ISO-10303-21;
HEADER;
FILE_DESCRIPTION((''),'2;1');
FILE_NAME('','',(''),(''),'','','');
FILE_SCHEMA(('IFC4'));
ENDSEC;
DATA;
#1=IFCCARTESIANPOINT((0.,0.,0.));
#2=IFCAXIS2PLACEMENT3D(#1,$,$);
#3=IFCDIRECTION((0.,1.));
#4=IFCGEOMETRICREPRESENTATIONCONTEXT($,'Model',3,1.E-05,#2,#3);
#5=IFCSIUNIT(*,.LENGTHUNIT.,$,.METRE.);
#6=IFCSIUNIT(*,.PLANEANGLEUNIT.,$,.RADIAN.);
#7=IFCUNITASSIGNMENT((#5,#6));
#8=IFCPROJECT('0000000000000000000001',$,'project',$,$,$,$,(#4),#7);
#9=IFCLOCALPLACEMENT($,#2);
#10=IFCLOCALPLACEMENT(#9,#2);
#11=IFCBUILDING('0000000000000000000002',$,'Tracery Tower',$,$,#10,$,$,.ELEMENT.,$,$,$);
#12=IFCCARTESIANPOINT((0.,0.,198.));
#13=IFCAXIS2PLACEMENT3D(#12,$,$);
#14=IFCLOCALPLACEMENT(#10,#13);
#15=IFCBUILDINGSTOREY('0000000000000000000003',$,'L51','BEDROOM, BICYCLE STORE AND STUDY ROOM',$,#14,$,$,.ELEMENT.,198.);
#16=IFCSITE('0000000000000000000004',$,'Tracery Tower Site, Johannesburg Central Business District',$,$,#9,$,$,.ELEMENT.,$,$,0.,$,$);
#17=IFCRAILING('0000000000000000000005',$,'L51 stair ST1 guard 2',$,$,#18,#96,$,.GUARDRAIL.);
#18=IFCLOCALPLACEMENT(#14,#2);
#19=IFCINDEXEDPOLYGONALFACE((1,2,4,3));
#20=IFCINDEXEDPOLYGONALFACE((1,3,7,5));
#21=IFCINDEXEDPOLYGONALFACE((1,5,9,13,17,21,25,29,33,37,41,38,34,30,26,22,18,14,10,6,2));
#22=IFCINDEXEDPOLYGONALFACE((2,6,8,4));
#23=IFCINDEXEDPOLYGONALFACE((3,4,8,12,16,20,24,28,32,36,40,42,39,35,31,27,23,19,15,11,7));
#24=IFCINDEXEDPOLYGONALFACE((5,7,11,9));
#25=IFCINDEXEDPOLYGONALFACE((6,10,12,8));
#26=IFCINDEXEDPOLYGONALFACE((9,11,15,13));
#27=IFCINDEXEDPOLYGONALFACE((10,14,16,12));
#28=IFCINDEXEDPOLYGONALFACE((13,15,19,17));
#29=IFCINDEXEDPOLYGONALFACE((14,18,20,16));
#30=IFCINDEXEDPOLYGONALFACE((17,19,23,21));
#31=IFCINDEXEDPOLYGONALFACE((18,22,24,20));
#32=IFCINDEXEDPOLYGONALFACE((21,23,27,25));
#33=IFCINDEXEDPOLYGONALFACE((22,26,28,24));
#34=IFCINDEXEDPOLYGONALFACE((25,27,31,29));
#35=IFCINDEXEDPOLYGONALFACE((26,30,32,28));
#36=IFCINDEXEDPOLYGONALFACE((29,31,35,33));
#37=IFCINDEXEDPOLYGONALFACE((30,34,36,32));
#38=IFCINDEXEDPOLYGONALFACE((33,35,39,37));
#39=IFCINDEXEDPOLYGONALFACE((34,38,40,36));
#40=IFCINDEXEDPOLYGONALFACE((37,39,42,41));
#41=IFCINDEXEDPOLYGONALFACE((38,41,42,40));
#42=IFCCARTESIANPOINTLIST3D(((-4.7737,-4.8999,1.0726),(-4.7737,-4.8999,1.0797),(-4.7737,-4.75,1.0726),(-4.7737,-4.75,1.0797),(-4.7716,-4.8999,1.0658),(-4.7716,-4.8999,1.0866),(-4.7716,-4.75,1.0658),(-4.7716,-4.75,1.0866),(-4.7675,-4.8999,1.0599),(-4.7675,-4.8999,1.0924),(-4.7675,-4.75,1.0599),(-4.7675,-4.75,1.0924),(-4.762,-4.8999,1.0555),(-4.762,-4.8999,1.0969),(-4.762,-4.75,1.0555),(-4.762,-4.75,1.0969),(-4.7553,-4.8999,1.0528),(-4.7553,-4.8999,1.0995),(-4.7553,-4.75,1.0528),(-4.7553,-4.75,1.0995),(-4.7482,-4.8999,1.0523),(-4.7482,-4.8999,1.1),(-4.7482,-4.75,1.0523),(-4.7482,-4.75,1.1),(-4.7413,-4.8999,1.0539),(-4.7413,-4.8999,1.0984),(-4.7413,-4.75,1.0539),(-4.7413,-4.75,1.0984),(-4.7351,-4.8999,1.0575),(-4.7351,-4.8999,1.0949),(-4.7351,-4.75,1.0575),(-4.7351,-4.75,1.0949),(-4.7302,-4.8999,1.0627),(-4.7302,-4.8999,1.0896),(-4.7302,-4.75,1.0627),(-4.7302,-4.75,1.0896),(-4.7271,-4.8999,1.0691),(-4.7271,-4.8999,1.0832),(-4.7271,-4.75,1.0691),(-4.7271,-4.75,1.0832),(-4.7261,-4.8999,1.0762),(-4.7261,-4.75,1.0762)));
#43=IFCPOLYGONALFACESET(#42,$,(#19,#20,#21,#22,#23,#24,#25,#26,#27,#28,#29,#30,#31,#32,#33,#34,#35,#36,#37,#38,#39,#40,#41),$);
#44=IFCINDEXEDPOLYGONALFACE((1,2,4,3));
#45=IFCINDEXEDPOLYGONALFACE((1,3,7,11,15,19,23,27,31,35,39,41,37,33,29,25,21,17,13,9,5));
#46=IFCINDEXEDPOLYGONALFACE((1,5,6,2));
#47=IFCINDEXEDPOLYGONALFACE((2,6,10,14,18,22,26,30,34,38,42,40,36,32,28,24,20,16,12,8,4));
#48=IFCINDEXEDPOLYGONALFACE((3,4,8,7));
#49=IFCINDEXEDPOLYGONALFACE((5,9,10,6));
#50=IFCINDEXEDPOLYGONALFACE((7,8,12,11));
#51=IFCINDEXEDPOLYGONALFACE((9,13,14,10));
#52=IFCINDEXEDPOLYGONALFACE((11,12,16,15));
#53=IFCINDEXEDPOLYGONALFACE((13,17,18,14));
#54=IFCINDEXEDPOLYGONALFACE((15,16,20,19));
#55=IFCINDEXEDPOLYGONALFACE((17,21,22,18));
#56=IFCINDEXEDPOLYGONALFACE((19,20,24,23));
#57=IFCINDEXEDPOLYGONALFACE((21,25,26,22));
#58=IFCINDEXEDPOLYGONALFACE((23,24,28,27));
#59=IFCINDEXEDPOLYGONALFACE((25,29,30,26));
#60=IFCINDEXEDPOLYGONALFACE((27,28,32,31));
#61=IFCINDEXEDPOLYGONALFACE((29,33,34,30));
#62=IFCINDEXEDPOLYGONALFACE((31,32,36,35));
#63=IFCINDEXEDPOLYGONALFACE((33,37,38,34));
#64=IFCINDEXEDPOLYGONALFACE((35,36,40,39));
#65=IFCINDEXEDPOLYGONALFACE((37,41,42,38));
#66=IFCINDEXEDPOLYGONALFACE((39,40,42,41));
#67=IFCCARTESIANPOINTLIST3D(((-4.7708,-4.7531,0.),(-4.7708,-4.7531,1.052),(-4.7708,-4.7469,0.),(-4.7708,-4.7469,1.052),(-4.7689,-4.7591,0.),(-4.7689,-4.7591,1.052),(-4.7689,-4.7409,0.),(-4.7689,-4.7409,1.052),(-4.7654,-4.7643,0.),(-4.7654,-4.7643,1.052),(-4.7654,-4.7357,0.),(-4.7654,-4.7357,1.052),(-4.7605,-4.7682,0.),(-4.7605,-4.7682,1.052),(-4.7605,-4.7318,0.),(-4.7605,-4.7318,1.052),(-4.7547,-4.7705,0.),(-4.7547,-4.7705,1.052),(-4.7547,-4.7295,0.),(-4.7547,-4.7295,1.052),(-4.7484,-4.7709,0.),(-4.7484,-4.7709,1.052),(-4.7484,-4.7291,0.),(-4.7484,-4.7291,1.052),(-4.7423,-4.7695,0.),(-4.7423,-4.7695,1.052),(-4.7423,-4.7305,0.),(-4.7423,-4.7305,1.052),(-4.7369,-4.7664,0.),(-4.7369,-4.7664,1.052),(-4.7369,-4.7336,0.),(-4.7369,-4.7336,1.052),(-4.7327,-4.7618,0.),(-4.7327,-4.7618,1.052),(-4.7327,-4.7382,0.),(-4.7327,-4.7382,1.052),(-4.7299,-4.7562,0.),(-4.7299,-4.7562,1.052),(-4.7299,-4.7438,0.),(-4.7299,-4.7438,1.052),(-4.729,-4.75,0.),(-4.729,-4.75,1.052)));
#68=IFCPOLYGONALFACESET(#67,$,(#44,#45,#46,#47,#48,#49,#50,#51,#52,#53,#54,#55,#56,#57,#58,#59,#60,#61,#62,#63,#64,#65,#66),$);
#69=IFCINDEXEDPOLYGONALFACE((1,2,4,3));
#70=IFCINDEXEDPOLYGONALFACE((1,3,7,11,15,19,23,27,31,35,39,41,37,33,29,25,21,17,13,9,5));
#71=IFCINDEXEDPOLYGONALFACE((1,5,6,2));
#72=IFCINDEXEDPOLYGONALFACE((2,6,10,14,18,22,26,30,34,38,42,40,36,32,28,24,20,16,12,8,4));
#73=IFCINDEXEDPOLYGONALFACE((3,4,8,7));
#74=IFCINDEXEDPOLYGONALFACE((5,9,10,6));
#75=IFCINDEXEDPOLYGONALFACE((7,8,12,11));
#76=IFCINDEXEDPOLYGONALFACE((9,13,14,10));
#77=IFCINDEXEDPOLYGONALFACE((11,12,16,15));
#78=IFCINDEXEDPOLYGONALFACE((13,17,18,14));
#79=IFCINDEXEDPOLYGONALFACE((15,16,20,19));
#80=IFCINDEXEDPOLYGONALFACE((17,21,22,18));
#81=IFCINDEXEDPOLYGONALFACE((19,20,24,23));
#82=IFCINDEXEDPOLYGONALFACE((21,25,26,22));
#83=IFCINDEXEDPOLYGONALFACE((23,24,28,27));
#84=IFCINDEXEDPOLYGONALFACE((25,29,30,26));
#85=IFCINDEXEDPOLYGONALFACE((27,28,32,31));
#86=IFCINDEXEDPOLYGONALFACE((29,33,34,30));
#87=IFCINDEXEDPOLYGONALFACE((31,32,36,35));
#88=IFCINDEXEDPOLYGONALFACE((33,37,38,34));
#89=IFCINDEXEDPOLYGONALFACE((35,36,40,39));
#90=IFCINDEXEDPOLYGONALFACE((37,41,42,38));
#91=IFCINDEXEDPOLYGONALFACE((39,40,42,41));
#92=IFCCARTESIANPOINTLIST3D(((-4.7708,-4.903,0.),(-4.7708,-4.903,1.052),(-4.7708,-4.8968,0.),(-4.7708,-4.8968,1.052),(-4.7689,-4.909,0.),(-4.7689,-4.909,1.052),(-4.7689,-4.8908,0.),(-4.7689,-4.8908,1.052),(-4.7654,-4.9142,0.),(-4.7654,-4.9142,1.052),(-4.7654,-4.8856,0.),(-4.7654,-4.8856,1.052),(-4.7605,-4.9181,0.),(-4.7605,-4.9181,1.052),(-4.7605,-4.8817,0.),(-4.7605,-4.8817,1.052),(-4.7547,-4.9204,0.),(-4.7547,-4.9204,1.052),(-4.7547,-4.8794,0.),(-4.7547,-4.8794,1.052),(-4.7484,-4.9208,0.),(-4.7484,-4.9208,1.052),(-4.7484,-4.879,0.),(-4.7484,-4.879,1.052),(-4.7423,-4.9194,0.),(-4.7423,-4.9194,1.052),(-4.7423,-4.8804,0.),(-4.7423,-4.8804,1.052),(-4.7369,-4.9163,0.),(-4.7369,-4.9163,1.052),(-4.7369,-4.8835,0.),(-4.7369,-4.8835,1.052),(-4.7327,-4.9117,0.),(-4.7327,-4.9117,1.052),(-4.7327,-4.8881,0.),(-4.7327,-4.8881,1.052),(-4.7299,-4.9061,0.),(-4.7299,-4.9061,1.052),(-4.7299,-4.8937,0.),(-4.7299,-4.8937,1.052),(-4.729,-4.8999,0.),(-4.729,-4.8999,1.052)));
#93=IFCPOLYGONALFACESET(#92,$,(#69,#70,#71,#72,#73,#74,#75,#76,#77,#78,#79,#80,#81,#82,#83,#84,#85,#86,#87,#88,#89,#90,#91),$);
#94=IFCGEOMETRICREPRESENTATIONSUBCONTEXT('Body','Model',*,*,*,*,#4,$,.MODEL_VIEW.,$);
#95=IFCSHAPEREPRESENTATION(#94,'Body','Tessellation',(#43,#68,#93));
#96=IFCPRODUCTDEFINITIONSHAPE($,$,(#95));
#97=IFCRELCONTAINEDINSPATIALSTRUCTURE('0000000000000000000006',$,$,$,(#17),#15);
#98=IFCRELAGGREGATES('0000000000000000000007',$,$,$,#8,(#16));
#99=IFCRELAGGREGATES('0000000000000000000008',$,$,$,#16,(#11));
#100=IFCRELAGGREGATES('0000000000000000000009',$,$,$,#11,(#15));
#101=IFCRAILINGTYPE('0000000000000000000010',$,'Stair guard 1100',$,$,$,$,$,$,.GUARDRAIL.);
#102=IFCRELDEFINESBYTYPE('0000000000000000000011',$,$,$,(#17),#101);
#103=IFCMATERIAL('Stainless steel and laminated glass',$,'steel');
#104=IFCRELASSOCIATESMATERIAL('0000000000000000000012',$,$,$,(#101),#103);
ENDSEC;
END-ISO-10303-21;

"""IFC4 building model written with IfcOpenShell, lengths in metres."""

from ifc_helpers import new_model, si_unit, direction, frame, origin, origin_2d, place, context, subcontext, project, spatial, circle, extrude, material, type_object, element, save


model = new_model("IFC4")

# Units and contexts
model_context = context("Model", 3, precision=1e-05, world=origin(), true_north=direction((0.0, 1.0)))
body_context = subcontext(model_context, "Body", "Model", "MODEL_VIEW")
ifc_project = project(units=[si_unit("LENGTHUNIT", "METRE"), si_unit("PLANEANGLEUNIT", "RADIAN")], contexts=[model_context])

# Site, building, storey
site_placement = place(None, origin())
site = spatial("IfcSite", under=ifc_project, at=site_placement, Name="Tracery Tower Site, Johannesburg Central Business District", CompositionType="ELEMENT", RefElevation=0.0)
building_placement = place(site_placement, origin())
building = spatial("IfcBuilding", under=site, at=building_placement, Name="Tracery Tower", CompositionType="ELEMENT")
storey_placement = place(building_placement, frame((0.0, 0.0, 198.0)))
storey = spatial("IfcBuildingStorey", under=building, at=storey_placement, Name="L51", Description="BEDROOM, BICYCLE STORE AND STUDY ROOM", CompositionType="ELEMENT", Elevation=198.0)

# Railing
ifc_material_1 = material(Name="Stainless steel and laminated glass", Category="steel")
railing_type_1 = type_object("IfcRailingType", Name="Stair guard 1100", PredefinedType="GUARDRAIL", material=ifc_material_1)
railing_1_placement = place(storey_placement, frame((-4.75, -4.75, 0.0)))
element("IfcRailing", 1, at=railing_1_placement, inside=storey, type_object=railing_type_1, Name="L51 stair ST1 guard 2", PredefinedType="GUARDRAIL", context=body_context, shape_type="SweptSolid", body=[
    extrude(circle(Radius=0.0239, at=origin_2d()), frame((0.0, 0.0, 1.0762), z_axis=(0.0, -1.0, 0.0), x_axis=(1.0, 0.0, 0.0)), (0.0, 0.0, 1.0), 0.1499),
    extrude(circle(Radius=0.021, at=origin_2d()), origin(), (0.0, 0.0, 1.0), 1.052),
    extrude(circle(Radius=0.021, at=origin_2d()), frame((0.0, -0.1499, 0.0)), (0.0, 0.0, 1.0), 1.052),
])

save(model, "model.ifc")
